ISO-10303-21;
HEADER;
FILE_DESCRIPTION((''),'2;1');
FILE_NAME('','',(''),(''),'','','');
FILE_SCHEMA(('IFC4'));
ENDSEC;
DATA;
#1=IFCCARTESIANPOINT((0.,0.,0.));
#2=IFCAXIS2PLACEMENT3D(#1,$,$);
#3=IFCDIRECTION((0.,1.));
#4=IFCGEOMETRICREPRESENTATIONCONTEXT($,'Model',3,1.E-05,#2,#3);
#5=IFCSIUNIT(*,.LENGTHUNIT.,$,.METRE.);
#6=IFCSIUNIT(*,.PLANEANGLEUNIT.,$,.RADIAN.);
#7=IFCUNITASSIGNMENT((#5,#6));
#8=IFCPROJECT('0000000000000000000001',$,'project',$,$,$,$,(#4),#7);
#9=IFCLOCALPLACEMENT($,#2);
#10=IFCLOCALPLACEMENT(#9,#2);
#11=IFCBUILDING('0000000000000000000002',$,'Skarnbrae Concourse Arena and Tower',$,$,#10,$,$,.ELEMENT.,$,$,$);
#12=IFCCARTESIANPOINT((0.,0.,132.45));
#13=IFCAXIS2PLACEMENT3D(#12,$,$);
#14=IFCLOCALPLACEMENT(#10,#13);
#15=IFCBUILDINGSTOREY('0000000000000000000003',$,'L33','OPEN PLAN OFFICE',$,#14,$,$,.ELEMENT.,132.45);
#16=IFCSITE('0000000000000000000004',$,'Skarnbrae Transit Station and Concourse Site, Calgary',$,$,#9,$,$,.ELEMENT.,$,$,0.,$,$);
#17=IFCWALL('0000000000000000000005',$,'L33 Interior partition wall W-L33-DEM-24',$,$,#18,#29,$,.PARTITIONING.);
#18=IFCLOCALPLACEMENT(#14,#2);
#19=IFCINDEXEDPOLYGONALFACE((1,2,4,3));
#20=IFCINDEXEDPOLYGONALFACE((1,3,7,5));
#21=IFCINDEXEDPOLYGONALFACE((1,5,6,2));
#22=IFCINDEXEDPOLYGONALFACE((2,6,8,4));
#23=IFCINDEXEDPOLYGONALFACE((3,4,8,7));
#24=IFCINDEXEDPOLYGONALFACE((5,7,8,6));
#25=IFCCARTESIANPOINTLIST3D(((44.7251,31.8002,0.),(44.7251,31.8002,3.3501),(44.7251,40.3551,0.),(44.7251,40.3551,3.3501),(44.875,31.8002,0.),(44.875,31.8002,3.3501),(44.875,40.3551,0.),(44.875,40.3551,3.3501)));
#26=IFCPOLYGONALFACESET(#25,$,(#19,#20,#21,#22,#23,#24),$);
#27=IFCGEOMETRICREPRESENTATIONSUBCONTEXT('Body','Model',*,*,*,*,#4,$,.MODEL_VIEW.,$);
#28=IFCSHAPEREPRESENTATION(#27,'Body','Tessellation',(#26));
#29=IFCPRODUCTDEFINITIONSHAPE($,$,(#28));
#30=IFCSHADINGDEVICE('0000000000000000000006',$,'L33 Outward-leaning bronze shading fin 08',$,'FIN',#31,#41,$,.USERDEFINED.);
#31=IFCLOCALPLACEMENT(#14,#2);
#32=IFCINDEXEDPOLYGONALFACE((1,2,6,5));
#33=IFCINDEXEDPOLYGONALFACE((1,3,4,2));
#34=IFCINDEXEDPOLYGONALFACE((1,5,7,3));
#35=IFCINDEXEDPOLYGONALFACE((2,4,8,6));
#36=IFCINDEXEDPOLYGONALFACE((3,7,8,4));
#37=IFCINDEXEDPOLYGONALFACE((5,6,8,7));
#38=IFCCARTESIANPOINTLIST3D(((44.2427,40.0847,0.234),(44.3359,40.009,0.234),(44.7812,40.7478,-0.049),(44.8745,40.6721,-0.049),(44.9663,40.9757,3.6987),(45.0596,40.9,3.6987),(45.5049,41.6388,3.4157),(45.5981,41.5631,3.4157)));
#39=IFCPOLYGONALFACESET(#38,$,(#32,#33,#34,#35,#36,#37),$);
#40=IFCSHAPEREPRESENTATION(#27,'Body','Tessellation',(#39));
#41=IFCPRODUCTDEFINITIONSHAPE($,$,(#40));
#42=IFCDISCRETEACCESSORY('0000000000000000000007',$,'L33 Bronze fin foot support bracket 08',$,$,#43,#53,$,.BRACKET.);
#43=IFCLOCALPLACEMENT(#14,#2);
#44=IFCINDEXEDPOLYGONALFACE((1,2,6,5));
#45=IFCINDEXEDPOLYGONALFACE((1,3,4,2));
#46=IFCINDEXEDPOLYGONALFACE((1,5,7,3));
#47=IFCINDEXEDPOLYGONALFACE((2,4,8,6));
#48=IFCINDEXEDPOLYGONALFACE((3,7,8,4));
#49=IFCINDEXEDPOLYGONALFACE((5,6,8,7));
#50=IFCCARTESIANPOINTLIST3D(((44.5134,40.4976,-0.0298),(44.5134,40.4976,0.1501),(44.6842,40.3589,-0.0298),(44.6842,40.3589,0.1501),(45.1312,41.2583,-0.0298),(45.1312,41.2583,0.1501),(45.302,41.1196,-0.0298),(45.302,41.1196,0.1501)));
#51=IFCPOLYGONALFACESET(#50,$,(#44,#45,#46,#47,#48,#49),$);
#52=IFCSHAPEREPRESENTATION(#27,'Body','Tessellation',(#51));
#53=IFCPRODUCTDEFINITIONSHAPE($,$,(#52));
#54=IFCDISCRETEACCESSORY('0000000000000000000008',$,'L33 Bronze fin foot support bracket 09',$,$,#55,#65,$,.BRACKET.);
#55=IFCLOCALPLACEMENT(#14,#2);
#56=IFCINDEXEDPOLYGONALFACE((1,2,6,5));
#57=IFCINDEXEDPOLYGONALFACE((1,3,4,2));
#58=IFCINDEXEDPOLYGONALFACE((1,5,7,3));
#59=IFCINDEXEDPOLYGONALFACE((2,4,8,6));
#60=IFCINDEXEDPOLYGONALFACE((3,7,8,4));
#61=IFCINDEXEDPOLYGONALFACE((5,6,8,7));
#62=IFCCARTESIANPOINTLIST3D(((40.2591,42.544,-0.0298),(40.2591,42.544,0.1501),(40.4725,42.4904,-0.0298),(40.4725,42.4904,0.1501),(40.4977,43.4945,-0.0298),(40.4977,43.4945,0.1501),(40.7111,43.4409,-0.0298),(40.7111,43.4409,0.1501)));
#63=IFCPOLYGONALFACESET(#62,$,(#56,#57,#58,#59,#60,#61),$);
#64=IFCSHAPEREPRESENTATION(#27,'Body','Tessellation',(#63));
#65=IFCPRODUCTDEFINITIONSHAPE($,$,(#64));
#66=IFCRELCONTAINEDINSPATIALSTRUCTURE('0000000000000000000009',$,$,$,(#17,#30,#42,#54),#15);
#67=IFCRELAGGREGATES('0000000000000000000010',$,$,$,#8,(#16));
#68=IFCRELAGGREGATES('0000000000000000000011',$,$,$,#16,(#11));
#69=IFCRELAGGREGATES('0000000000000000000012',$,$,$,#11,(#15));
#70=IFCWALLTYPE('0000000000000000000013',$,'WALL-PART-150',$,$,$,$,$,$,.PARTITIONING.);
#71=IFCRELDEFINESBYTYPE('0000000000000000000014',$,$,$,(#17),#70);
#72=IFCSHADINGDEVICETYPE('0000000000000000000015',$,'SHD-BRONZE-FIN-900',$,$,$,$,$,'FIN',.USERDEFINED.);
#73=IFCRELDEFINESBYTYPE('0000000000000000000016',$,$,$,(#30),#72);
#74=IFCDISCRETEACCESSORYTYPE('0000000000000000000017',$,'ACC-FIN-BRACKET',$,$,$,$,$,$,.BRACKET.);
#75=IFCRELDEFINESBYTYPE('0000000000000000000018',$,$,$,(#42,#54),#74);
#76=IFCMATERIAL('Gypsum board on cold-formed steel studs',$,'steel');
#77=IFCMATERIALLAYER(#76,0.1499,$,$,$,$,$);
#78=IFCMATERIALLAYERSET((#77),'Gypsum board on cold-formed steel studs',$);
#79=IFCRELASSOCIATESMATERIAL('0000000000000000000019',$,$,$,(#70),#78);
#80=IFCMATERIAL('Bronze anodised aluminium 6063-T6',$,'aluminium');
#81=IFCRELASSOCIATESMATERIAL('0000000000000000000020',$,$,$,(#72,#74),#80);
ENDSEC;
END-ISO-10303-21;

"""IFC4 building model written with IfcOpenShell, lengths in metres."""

from ifc_helpers import new_model, si_unit, direction, frame, frame_2d, origin, origin_2d, place, context, subcontext, project, spatial, rectangle, extrude, source, transform, mapped, material, layer, layer_set, type_object, element, save


model = new_model("IFC4")

# Units and contexts
model_context = context("Model", 3, precision=1e-05, world=origin(), true_north=direction((0.0, 1.0)))
body_context = subcontext(model_context, "Body", "Model", "MODEL_VIEW")
ifc_project = project(units=[si_unit("LENGTHUNIT", "METRE"), si_unit("PLANEANGLEUNIT", "RADIAN")], contexts=[model_context])

# Site, building, storey
site_placement = place(None, origin())
site = spatial("IfcSite", under=ifc_project, at=site_placement, Name="Skarnbrae Transit Station and Concourse Site, Calgary", CompositionType="ELEMENT", RefElevation=0.0)
building_placement = place(site_placement, origin())
building = spatial("IfcBuilding", under=site, at=building_placement, Name="Skarnbrae Concourse Arena and Tower", CompositionType="ELEMENT")
storey_placement = place(building_placement, frame((0.0, 0.0, 132.45)))
storey = spatial("IfcBuildingStorey", under=building, at=storey_placement, Name="L33", Description="OPEN PLAN OFFICE", CompositionType="ELEMENT", Elevation=132.45)

# Shared definitions
ifc_material_1 = material(Name="Bronze anodised aluminium 6063-T6", Category="aluminium")

# Wall
ifc_material_2 = material(Name="Gypsum board on cold-formed steel studs", Category="steel")
ifc_layer_1 = layer(ifc_material_2, 0.1499)
ifc_layer_set_1 = layer_set([ifc_layer_1], Name="Gypsum board on cold-formed steel studs")
wall_type_1 = type_object("IfcWallType", Name="WALL-PART-150", PredefinedType="PARTITIONING", material=ifc_layer_set_1)
shared_shape_1 = source(origin(), body_context, "Body", "SweptSolid", [
    extrude(rectangle(XDim=8.5549, YDim=0.1499, at=frame_2d((4.2773, 0.0))), origin(), (0.0, 0.0, 1.0), 3.3501),
])
wall_placement = place(storey_placement, frame((44.8, 40.355, 0.0), z_axis=(0.0, 0.0, 1.0), x_axis=(0.0, -1.0, 0.0)))
element("IfcWall", 1, at=wall_placement, inside=storey, type_object=wall_type_1, Name="L33 Interior partition wall W-L33-DEM-24", PredefinedType="PARTITIONING", context=body_context, shape_type="MappedRepresentation", body=[
    mapped(shared_shape_1, transform((0.0, 0.0, 0.0))),
])

# Shading device
shading_device_type = type_object("IfcShadingDeviceType", Name="SHD-BRONZE-FIN-900", ElementType="FIN", PredefinedType="USERDEFINED", material=ifc_material_1)
shared_shape_2 = source(origin(), body_context, "Body", "SweptSolid", [
    extrude(rectangle(XDim=0.1201, YDim=0.8999, at=origin_2d()), origin(), (0.0, 0.0, 1.0), 3.6499),
])
shading_device_placement = place(storey_placement, frame((44.5586, 40.3784, 0.0925), z_axis=(0.198264, 0.244121, 0.949261), x_axis=(0.776245, -0.630432, 0.0)))
element("IfcShadingDevice", 2, at=shading_device_placement, inside=storey, type_object=shading_device_type, Name="L33 Outward-leaning bronze shading fin 08", ObjectType="FIN", PredefinedType="USERDEFINED", context=body_context, shape_type="MappedRepresentation", body=[
    mapped(shared_shape_2, transform((0.0, 0.0, 0.0))),
])

# Discrete accessories
discrete_accessory_type = type_object("IfcDiscreteAccessoryType", Name="ACC-FIN-BRACKET", PredefinedType="BRACKET", material=ifc_material_1)
shared_shape_3 = source(origin(), body_context, "Body", "SweptSolid", [
    extrude(rectangle(XDim=0.22, YDim=0.98, at=origin_2d()), origin(), (0.0, 0.0, 1.0), 0.1799),
])
for number, where, z_axis, x_axis, name in (
    (3, (44.9077, 40.8086, -0.0298), (0.0, 0.0, 1.0), (0.776245, -0.630432, 0.0), "L33 Bronze fin foot support bracket 08"),
    (4, (40.4851, 42.9924, -0.0298), (0.0, 0.0, 1.0), (0.969902, -0.243497, 0.0), "L33 Bronze fin foot support bracket 09"),
):
    element("IfcDiscreteAccessory", number, at=place(storey_placement, frame(where, z_axis=z_axis, x_axis=x_axis)), inside=storey, type_object=discrete_accessory_type, Name=name, PredefinedType="BRACKET", context=body_context, shape_type="MappedRepresentation", body=[
        mapped(shared_shape_3, transform((0.0, 0.0, 0.0))),
    ])

save(model, "model.ifc")
